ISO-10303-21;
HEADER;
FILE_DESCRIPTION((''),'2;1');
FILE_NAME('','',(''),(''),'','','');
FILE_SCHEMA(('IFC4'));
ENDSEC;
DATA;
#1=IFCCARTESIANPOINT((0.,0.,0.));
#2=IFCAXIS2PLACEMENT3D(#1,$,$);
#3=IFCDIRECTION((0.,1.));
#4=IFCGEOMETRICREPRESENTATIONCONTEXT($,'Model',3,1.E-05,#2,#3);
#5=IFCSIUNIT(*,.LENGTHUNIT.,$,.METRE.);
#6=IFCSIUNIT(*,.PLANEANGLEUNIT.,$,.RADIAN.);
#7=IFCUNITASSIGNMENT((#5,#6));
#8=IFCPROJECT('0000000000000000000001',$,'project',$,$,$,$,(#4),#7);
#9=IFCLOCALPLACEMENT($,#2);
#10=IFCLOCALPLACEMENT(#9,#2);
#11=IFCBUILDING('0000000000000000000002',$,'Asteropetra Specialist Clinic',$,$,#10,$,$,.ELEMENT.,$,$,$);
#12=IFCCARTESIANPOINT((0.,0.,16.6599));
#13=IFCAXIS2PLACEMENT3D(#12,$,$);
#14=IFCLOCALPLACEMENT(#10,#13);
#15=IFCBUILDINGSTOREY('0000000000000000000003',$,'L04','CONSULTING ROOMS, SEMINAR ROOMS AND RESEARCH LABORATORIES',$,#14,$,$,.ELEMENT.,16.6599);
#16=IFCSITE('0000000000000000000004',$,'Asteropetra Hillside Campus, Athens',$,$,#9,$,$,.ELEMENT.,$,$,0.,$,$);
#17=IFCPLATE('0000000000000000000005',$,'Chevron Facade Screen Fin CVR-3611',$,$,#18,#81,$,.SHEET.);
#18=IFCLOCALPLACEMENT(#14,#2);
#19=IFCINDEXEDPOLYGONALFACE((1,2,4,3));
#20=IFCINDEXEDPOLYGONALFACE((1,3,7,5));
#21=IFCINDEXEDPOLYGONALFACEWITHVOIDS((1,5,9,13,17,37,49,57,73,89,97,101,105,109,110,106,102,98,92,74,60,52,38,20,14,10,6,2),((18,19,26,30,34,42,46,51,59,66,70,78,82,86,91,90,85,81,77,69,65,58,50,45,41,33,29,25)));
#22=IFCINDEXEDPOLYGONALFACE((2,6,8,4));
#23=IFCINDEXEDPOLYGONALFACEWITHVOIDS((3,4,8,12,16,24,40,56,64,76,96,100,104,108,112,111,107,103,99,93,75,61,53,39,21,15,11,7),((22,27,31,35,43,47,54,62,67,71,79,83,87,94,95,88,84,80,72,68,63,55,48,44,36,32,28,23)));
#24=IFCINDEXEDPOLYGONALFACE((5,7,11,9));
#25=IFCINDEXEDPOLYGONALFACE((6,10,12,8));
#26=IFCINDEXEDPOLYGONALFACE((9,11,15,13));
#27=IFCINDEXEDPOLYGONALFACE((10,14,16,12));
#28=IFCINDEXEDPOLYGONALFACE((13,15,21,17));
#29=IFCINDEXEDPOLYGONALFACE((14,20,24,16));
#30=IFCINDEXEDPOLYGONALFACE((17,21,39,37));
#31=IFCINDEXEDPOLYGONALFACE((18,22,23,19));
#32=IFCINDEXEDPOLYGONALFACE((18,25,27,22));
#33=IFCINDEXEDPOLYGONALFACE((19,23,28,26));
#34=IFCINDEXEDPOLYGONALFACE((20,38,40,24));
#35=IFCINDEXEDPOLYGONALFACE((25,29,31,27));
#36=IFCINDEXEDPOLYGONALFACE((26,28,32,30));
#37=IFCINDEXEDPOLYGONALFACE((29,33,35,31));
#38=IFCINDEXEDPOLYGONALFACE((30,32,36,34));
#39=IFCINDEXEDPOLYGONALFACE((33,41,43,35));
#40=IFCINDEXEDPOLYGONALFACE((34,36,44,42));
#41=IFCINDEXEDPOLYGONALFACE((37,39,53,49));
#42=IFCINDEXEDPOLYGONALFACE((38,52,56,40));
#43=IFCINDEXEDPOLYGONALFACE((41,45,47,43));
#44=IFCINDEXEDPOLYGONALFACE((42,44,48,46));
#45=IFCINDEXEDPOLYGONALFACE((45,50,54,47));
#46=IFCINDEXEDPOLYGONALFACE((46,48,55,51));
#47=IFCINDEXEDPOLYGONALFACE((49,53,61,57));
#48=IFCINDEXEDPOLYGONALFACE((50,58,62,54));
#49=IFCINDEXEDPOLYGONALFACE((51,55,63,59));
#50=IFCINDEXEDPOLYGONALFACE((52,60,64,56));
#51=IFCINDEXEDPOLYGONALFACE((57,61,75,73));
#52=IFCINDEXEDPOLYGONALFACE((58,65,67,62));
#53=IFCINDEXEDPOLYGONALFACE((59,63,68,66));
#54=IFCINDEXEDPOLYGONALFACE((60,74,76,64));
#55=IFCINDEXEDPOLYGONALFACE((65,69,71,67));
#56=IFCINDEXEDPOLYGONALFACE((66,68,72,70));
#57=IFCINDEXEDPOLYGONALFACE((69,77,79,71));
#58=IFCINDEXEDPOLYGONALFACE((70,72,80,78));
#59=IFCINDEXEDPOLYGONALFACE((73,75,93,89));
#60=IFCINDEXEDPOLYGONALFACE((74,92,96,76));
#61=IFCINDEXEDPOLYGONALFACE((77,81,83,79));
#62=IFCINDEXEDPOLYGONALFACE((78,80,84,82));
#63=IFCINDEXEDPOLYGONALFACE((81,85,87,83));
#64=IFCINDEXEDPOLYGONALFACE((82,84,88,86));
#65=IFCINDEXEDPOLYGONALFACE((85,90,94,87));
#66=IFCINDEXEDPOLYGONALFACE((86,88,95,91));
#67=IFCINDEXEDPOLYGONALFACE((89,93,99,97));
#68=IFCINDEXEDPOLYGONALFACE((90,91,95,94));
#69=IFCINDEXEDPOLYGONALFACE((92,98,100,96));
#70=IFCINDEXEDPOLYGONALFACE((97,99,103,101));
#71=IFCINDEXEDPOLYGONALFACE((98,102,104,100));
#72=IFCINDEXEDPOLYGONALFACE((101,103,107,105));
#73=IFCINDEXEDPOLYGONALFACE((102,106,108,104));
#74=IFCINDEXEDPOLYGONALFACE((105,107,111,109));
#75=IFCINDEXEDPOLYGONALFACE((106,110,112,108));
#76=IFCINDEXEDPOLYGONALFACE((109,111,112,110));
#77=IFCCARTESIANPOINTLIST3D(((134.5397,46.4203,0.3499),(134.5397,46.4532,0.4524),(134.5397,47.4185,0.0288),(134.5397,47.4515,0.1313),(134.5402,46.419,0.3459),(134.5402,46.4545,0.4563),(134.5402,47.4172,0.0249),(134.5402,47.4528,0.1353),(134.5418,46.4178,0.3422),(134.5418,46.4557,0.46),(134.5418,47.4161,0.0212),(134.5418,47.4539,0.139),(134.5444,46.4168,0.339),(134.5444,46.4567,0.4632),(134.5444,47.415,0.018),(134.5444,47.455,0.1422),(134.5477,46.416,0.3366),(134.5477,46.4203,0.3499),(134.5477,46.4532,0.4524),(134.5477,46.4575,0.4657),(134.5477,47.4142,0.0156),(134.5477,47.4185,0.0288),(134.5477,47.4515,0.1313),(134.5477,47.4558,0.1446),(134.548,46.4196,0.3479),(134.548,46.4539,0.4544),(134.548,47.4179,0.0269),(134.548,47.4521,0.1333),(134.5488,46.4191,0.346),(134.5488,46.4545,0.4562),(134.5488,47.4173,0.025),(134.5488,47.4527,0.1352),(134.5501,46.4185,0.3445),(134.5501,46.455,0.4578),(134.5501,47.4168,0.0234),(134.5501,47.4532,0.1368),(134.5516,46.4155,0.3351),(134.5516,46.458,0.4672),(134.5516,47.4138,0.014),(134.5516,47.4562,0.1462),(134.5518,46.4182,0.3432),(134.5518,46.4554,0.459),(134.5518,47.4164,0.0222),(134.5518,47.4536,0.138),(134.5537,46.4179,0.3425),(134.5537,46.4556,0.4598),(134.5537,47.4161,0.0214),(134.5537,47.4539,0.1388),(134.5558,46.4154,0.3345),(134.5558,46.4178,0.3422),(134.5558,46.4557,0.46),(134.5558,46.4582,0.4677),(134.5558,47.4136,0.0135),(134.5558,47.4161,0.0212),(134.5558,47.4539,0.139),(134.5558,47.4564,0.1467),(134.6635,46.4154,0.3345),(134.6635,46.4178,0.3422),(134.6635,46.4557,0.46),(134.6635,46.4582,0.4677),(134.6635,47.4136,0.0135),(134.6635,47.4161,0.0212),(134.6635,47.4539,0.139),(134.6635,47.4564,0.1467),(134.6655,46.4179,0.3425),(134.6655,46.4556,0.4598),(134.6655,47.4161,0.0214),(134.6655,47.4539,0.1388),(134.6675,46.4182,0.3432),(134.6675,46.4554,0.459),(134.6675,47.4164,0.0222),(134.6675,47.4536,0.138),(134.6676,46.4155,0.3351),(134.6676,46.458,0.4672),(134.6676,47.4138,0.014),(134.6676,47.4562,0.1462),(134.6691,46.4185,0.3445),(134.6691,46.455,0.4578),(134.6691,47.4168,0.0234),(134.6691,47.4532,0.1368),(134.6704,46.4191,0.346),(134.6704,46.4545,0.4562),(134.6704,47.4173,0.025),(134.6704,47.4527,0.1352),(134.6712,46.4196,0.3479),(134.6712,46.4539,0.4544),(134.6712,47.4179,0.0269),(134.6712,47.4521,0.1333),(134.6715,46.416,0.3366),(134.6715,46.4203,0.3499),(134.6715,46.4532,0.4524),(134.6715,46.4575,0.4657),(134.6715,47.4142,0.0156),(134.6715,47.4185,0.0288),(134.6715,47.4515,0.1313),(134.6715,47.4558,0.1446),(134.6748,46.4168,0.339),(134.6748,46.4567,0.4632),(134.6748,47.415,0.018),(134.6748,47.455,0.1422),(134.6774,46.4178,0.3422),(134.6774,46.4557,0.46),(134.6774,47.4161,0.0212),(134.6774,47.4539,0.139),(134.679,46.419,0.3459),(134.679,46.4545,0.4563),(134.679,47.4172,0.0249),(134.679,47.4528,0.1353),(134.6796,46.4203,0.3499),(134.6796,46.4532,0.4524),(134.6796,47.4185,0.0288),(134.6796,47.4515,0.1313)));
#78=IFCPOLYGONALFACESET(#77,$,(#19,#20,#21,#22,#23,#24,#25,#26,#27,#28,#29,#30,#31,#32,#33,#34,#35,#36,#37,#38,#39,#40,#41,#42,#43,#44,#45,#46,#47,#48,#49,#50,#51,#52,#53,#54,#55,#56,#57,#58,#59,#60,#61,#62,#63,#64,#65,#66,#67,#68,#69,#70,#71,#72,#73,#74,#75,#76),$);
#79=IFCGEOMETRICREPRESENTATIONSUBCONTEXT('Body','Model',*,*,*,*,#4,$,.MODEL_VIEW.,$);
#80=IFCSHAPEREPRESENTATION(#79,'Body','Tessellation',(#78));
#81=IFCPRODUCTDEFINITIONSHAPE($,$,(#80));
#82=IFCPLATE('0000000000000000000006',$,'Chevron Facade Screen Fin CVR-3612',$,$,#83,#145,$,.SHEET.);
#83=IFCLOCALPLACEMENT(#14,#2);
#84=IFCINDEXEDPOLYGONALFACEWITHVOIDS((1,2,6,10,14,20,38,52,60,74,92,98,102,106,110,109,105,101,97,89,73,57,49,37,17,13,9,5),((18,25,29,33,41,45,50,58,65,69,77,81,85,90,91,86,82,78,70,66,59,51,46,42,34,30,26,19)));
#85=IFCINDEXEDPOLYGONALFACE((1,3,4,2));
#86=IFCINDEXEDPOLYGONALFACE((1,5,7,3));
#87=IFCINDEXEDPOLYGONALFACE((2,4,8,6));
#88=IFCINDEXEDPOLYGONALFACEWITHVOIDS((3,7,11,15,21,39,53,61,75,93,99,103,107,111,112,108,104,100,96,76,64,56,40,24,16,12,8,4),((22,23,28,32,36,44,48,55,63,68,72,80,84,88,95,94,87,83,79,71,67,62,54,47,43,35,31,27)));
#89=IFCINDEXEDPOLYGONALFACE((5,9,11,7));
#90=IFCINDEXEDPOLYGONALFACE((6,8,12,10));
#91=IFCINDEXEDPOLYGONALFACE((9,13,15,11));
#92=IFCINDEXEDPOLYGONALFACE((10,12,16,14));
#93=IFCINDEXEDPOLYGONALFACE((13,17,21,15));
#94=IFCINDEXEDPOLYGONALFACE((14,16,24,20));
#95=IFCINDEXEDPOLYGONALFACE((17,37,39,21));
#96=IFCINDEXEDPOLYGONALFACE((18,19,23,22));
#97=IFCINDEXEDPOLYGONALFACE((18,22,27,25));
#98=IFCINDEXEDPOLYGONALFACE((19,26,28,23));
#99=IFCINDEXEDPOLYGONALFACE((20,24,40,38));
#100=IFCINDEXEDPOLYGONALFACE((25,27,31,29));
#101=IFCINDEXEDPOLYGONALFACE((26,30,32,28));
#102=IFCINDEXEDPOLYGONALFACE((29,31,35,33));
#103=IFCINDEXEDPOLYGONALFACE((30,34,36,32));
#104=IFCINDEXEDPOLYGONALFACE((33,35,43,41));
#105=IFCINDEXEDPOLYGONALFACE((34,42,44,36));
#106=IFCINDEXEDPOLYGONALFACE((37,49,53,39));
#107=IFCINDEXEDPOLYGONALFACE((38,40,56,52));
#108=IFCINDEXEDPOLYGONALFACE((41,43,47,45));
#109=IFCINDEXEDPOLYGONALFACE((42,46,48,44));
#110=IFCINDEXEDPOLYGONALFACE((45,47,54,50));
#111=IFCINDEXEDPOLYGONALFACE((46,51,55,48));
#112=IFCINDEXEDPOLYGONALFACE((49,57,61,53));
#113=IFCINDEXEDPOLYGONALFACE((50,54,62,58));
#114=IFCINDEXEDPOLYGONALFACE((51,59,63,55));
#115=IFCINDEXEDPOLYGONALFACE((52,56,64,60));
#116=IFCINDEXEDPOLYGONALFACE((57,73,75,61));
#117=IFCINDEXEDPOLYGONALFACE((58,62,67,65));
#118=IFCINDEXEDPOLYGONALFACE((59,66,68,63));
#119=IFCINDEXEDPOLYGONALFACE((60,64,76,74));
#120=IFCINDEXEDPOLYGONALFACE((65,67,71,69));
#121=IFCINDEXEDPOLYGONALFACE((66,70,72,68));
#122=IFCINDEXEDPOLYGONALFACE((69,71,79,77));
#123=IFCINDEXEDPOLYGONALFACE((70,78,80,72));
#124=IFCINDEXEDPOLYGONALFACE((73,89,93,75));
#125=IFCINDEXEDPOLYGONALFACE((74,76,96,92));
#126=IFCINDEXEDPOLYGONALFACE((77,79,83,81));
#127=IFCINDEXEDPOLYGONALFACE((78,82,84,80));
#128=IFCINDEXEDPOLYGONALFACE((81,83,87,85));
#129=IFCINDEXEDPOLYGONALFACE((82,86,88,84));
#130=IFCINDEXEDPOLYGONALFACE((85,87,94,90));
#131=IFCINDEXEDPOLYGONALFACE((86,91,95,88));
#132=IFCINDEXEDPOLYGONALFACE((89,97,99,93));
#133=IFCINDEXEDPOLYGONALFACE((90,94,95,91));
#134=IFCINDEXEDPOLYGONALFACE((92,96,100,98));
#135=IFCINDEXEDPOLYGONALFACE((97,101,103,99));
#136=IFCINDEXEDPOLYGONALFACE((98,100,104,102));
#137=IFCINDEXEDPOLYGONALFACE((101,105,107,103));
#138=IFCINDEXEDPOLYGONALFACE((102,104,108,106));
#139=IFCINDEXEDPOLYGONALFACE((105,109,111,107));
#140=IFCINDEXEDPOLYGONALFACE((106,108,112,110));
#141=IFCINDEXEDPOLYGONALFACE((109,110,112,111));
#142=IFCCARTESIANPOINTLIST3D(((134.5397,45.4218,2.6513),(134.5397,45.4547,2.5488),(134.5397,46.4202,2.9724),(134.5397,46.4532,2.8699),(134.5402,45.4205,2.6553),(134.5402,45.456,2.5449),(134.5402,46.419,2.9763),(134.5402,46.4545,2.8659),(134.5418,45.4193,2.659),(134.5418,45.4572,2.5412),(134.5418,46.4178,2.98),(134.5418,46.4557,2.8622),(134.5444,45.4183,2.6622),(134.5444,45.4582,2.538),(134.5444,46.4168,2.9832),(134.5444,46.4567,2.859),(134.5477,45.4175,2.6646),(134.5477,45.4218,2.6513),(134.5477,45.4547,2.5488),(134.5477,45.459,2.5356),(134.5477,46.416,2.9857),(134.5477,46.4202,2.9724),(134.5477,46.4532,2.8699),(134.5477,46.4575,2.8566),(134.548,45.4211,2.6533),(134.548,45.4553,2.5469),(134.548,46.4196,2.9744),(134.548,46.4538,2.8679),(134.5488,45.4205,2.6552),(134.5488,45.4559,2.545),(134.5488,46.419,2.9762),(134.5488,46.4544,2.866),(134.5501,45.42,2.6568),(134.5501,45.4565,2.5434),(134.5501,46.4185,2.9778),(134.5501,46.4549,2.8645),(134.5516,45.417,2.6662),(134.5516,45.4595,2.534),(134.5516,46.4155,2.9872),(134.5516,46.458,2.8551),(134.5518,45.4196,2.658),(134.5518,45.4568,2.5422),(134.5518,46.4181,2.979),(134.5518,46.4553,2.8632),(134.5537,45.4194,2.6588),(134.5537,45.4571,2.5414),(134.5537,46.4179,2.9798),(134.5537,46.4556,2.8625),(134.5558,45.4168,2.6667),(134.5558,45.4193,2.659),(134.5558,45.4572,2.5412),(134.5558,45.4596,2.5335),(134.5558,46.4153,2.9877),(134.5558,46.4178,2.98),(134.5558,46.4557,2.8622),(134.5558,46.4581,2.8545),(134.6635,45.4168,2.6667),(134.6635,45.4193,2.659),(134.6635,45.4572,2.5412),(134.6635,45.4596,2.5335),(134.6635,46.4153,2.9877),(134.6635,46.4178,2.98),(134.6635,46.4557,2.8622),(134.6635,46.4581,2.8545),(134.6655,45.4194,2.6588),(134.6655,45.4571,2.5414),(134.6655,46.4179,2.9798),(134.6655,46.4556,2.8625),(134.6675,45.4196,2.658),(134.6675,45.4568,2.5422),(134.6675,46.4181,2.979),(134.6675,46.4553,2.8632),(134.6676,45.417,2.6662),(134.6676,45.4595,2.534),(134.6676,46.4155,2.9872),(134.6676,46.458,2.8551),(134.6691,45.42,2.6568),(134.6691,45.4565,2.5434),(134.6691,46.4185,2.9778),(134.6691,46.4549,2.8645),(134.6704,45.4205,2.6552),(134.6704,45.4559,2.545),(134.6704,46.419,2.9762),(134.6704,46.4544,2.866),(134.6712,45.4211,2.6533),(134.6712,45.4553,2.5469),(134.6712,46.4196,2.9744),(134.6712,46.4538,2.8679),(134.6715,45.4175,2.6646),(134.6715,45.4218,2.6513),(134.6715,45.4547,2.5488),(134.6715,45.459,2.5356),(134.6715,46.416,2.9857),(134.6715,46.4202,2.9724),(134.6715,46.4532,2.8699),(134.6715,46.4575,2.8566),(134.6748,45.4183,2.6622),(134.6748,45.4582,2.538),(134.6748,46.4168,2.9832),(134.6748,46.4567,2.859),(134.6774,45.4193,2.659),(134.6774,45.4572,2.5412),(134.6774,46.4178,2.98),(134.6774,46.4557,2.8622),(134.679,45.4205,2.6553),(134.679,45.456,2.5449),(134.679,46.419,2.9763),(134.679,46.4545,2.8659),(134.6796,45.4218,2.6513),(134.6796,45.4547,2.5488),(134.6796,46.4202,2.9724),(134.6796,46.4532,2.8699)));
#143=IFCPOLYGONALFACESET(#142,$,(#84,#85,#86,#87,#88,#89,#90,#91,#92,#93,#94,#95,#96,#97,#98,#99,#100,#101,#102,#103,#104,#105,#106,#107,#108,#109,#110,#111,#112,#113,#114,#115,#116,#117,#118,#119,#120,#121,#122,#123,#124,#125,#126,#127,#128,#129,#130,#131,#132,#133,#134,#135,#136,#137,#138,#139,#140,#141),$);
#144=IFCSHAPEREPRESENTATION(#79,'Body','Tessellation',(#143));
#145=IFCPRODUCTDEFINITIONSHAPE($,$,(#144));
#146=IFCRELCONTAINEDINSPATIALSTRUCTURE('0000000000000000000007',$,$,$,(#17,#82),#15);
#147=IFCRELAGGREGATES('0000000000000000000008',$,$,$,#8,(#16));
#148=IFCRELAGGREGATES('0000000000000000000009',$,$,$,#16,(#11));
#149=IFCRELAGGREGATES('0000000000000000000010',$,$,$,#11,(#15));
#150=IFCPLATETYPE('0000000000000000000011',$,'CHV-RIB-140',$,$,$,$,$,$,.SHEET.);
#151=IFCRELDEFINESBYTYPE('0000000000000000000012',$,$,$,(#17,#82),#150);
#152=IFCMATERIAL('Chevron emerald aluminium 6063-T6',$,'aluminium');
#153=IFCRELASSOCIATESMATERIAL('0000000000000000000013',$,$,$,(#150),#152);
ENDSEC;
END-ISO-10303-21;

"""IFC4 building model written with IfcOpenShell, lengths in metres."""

from ifc_helpers import new_model, si_unit, direction, frame, origin, origin_2d, place, context, subcontext, project, spatial, hollow_rectangle, extrude, material, material_profile, profile_set, type_object, element, save


model = new_model("IFC4")

# Units and contexts
model_context = context("Model", 3, precision=1e-05, world=origin(), true_north=direction((0.0, 1.0)))
body_context = subcontext(model_context, "Body", "Model", "MODEL_VIEW")
ifc_project = project(units=[si_unit("LENGTHUNIT", "METRE"), si_unit("PLANEANGLEUNIT", "RADIAN")], contexts=[model_context])

# Site, building, storey
site_placement = place(None, origin())
site = spatial("IfcSite", under=ifc_project, at=site_placement, Name="Asteropetra Hillside Campus, Athens", CompositionType="ELEMENT", RefElevation=0.0)
building_placement = place(site_placement, origin())
building = spatial("IfcBuilding", under=site, at=building_placement, Name="Asteropetra Specialist Clinic", CompositionType="ELEMENT")
storey_placement = place(building_placement, frame((0.0, 0.0, 16.6599)))
storey = spatial("IfcBuildingStorey", under=building, at=storey_placement, Name="L04", Description="CONSULTING ROOMS, SEMINAR ROOMS AND RESEARCH LABORATORIES", CompositionType="ELEMENT", Elevation=16.6599)

# Plates
ifc_material_1 = material(Name="Chevron emerald aluminium 6063-T6", Category="aluminium")
ifc_material_profile_1 = material_profile(ifc_material_1, hollow_rectangle(XDim=0.1399, YDim=0.1399, WallThickness=0.0081, InnerFilletRadius=0.0081, OuterFilletRadius=0.0161, at=origin_2d()), Name="SHS 140x140x8.0")
ifc_profile_set_1 = profile_set([ifc_material_profile_1], Name="Chevron emerald aluminium 6063-T6")
plate_type = type_object("IfcPlateType", Name="CHV-RIB-140", PredefinedType="SHEET", material=ifc_profile_set_1)
plate_1_placement = place(storey_placement, frame((134.6096, 46.4368, 0.4011), z_axis=(0.0, 0.951983, -0.306152), x_axis=(-1.0, 0.0, 0.0)))
element("IfcPlate", 1, at=plate_1_placement, inside=storey, type_object=plate_type, Name="Chevron Facade Screen Fin CVR-3611", PredefinedType="SHEET", context=body_context, shape_type="SweptSolid", body=[
    extrude(hollow_rectangle(XDim=0.1399, YDim=0.1399, WallThickness=0.0081, InnerFilletRadius=0.0081, OuterFilletRadius=0.0161, at=origin_2d()), origin(), (0.0, 0.0, 1.0), 1.0486),
])
plate_2_placement = place(storey_placement, frame((134.6096, 45.4382, 2.6001), z_axis=(0.0, 0.952004, 0.306085), x_axis=(-1.0, 0.0, 0.0)))
element("IfcPlate", 2, at=plate_2_placement, inside=storey, type_object=plate_type, Name="Chevron Facade Screen Fin CVR-3612", PredefinedType="SHEET", context=body_context, shape_type="SweptSolid", body=[
    extrude(hollow_rectangle(XDim=0.1399, YDim=0.1399, WallThickness=0.0081, InnerFilletRadius=0.0081, OuterFilletRadius=0.0161, at=origin_2d()), origin(), (0.0, 0.0, 1.0), 1.0488),
])

save(model, "model.ifc")
